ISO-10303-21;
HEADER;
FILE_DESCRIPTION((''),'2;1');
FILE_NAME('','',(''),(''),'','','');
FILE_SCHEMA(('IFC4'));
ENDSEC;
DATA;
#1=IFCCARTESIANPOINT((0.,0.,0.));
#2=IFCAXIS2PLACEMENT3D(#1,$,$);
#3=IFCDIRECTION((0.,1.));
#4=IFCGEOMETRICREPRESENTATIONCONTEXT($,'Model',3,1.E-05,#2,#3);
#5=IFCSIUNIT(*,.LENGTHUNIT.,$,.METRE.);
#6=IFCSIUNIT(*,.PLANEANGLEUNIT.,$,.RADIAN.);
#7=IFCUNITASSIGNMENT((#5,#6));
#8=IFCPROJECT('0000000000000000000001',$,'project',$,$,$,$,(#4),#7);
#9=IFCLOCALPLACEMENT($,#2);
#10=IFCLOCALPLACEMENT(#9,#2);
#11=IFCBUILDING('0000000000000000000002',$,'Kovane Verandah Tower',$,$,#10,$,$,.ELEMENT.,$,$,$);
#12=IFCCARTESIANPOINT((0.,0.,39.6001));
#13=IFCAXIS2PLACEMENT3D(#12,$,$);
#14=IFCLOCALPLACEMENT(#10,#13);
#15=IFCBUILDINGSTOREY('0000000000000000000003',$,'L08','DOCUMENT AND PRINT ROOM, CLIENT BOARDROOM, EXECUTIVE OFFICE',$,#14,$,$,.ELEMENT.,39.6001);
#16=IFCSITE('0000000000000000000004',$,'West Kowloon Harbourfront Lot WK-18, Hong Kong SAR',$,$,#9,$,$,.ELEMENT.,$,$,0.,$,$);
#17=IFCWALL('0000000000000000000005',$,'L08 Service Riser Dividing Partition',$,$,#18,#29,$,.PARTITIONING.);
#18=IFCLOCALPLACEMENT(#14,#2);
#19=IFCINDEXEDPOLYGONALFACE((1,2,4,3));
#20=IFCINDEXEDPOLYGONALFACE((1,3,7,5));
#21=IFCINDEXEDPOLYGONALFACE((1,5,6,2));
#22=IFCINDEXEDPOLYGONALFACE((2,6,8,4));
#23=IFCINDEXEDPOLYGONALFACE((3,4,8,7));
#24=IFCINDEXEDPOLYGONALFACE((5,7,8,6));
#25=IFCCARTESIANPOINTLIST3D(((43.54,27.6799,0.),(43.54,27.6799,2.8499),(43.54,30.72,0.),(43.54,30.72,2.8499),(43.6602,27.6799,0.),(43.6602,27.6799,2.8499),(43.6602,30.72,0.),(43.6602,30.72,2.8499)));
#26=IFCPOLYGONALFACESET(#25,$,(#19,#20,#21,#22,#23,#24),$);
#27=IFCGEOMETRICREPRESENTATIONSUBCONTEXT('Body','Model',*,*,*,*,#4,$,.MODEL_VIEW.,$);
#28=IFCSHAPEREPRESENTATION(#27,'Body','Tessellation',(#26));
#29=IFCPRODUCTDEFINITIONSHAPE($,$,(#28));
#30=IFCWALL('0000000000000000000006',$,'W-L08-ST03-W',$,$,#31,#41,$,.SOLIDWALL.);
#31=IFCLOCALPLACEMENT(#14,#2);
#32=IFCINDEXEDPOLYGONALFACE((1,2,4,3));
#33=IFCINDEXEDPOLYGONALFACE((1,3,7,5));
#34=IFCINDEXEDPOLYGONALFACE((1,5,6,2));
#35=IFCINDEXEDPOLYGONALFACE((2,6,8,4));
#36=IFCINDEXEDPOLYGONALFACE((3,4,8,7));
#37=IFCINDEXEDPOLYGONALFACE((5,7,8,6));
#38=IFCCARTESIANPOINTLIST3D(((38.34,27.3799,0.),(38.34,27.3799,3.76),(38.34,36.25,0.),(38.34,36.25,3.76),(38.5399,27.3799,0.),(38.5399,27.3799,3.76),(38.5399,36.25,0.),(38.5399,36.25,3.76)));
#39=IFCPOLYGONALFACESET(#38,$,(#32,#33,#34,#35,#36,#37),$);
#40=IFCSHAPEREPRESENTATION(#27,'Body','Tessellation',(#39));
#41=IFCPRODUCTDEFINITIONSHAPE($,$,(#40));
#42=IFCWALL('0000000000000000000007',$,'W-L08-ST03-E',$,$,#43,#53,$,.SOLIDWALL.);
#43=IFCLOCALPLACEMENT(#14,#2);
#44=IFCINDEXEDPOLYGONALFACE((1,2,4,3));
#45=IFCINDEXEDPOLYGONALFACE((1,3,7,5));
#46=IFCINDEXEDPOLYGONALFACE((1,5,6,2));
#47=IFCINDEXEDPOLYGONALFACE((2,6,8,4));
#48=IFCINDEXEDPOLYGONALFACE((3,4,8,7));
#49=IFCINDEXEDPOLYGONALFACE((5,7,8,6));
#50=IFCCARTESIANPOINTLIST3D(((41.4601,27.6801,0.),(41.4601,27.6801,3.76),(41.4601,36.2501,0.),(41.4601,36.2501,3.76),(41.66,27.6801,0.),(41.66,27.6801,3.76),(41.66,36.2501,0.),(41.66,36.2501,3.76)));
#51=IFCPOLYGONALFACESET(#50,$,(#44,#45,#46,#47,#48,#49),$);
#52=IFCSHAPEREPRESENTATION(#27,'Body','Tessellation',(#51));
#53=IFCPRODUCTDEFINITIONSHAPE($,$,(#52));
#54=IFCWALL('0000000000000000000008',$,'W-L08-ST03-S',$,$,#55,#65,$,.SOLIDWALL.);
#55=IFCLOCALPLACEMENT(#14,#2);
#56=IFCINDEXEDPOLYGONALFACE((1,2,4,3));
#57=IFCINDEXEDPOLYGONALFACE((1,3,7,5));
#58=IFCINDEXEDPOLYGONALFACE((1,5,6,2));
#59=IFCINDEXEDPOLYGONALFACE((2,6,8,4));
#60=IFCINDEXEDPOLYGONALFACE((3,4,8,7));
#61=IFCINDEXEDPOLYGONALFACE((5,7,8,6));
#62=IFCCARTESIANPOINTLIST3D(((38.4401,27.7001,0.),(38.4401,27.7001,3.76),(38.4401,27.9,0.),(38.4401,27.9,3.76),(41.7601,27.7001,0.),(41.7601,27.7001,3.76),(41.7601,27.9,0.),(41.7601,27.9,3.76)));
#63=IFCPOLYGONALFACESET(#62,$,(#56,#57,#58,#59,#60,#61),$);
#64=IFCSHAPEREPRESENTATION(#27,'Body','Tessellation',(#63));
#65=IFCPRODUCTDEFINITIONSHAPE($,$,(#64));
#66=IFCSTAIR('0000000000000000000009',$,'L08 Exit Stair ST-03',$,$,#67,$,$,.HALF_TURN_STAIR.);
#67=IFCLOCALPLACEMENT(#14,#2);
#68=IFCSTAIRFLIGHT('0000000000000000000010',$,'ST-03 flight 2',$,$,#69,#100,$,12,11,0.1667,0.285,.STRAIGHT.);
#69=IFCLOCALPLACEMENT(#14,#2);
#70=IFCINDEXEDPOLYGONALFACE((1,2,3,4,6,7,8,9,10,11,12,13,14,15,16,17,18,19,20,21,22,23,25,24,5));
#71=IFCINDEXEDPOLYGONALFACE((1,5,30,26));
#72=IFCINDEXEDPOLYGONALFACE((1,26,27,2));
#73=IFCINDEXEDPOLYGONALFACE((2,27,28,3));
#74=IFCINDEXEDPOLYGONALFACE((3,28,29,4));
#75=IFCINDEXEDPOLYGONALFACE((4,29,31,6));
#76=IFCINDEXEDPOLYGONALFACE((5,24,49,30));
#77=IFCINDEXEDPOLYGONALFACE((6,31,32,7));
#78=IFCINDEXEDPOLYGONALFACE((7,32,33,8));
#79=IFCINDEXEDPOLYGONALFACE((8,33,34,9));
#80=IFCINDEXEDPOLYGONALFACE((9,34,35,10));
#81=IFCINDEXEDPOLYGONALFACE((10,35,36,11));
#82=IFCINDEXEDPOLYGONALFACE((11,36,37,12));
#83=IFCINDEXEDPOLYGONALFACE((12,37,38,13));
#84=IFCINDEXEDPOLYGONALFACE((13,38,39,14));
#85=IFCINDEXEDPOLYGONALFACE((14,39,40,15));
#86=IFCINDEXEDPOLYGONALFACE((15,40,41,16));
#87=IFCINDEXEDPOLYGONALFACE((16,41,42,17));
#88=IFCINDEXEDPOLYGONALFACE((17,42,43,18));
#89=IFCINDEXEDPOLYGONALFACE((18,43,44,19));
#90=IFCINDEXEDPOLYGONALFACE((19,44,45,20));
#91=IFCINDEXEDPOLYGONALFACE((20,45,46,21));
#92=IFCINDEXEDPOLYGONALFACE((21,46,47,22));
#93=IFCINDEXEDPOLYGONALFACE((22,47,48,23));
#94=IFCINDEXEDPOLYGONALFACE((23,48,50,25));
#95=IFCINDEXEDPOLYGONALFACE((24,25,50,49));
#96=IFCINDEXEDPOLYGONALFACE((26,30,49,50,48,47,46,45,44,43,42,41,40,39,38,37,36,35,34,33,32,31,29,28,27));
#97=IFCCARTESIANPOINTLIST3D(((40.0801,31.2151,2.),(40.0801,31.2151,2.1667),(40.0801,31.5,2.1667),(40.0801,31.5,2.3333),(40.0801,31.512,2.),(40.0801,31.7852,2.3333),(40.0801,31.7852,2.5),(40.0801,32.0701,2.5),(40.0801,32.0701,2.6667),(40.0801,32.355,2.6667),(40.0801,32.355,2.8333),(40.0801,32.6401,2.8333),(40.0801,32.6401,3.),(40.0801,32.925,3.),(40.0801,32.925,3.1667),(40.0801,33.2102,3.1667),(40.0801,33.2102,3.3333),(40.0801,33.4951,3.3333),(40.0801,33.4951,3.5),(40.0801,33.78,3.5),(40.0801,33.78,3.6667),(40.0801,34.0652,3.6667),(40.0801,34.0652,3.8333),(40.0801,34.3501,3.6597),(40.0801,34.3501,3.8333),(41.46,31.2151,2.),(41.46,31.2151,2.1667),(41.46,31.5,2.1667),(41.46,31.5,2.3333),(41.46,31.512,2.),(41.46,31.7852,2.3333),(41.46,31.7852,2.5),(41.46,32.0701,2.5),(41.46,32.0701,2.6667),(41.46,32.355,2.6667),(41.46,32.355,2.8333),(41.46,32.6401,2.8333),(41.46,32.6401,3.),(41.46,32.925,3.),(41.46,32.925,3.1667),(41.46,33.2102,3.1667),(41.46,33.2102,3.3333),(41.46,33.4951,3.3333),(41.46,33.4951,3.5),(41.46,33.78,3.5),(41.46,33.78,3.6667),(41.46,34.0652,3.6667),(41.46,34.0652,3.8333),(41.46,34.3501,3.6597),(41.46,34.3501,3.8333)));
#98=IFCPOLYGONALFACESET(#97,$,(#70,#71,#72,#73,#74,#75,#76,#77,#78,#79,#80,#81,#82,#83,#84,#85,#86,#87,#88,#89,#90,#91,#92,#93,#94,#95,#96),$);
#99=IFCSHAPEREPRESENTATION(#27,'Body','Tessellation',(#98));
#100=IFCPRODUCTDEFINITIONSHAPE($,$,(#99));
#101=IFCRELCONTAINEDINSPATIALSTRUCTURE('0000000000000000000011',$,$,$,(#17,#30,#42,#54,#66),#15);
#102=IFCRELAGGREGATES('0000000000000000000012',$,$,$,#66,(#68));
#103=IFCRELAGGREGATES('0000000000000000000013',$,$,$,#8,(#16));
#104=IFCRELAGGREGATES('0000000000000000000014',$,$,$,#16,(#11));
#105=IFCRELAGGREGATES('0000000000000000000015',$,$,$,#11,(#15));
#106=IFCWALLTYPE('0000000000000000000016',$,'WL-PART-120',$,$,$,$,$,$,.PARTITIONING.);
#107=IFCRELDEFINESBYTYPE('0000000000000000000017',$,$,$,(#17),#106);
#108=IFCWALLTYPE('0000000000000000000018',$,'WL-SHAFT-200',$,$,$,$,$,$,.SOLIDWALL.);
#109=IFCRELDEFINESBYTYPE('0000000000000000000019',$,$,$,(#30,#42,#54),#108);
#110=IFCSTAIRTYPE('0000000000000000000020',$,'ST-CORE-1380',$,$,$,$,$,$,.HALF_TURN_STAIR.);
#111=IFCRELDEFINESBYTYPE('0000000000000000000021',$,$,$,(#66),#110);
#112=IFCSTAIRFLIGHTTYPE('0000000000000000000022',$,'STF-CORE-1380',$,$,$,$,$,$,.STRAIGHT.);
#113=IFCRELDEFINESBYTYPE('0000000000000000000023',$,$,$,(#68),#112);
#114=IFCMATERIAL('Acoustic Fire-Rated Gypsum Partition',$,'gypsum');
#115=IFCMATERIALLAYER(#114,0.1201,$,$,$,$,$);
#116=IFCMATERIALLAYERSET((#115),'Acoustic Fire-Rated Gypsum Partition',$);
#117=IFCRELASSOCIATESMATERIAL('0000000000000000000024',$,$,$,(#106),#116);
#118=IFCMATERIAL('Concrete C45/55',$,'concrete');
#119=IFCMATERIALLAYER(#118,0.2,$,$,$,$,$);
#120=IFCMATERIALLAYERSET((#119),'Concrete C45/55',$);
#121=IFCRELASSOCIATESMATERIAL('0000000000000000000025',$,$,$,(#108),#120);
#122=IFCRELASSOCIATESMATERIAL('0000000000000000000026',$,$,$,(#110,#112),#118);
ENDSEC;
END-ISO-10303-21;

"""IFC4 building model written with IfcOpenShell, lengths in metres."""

from ifc_helpers import new_model, si_unit, direction, frame, frame_2d, origin, place, context, subcontext, project, spatial, polyline, rectangle, outline, extrude, material, layer, layer_set, type_object, element, aggregate, save


model = new_model("IFC4")

# Units and contexts
model_context = context("Model", 3, precision=1e-05, world=origin(), true_north=direction((0.0, 1.0)))
body_context = subcontext(model_context, "Body", "Model", "MODEL_VIEW")
ifc_project = project(units=[si_unit("LENGTHUNIT", "METRE"), si_unit("PLANEANGLEUNIT", "RADIAN")], contexts=[model_context])

# Site, building, storey
site_placement = place(None, origin())
site = spatial("IfcSite", under=ifc_project, at=site_placement, Name="West Kowloon Harbourfront Lot WK-18, Hong Kong SAR", CompositionType="ELEMENT", RefElevation=0.0)
building_placement = place(site_placement, origin())
building = spatial("IfcBuilding", under=site, at=building_placement, Name="Kovane Verandah Tower", CompositionType="ELEMENT")
storey_placement = place(building_placement, frame((0.0, 0.0, 39.6001)))
storey = spatial("IfcBuildingStorey", under=building, at=storey_placement, Name="L08", Description="DOCUMENT AND PRINT ROOM, CLIENT BOARDROOM, EXECUTIVE OFFICE", CompositionType="ELEMENT", Elevation=39.6001)

# Walls
ifc_material_1 = material(Name="Acoustic Fire-Rated Gypsum Partition", Category="gypsum")
ifc_layer_1 = layer(ifc_material_1, 0.1201)
ifc_layer_set_1 = layer_set([ifc_layer_1], Name="Acoustic Fire-Rated Gypsum Partition")
wall_type_1 = type_object("IfcWallType", Name="WL-PART-120", PredefinedType="PARTITIONING", material=ifc_layer_set_1)
wall_1_placement = place(storey_placement, frame((43.6001, 27.6799, 0.0), z_axis=(0.0, 0.0, 1.0), x_axis=(0.0, 1.0, 0.0)))
element("IfcWall", 1, at=wall_1_placement, inside=storey, type_object=wall_type_1, Name="L08 Service Riser Dividing Partition", PredefinedType="PARTITIONING", context=body_context, shape_type="SweptSolid", body=[
    extrude(rectangle(XDim=3.04, YDim=0.1201, at=frame_2d((1.52, 0.0))), origin(), (0.0, 0.0, 1.0), 2.8499),
])
ifc_material_2 = material(Name="Concrete C45/55", Category="concrete")
ifc_layer_2 = layer(ifc_material_2, 0.2)
ifc_layer_set_2 = layer_set([ifc_layer_2], Name="Concrete C45/55")
wall_type_2 = type_object("IfcWallType", Name="WL-SHAFT-200", PredefinedType="SOLIDWALL", material=ifc_layer_set_2)
wall_2_placement = place(storey_placement, frame((38.4399, 27.3799, 0.0), z_axis=(0.0, 0.0, 1.0), x_axis=(0.0, 1.0, 0.0)))
element("IfcWall", 2, at=wall_2_placement, inside=storey, type_object=wall_type_2, Name="W-L08-ST03-W", PredefinedType="SOLIDWALL", context=body_context, shape_type="SweptSolid", body=[
    extrude(rectangle(XDim=8.8701, YDim=0.2, at=frame_2d((4.4351, 0.0))), origin(), (0.0, 0.0, 1.0), 3.76),
])
wall_3_placement = place(storey_placement, frame((41.5601, 27.6799, 0.0), z_axis=(0.0, 0.0, 1.0), x_axis=(0.0, 1.0, 0.0)))
element("IfcWall", 3, at=wall_3_placement, inside=storey, type_object=wall_type_2, Name="W-L08-ST03-E", PredefinedType="SOLIDWALL", context=body_context, shape_type="SweptSolid", body=[
    extrude(rectangle(XDim=8.5701, YDim=0.2, at=frame_2d((4.2852, 0.0))), origin(), (0.0, 0.0, 1.0), 3.76),
])
wall_4_placement = place(storey_placement, frame((38.4399, 27.8, 0.0), z_axis=(0.0, 0.0, 1.0), x_axis=(1.0, 0.0, 0.0)))
element("IfcWall", 4, at=wall_4_placement, inside=storey, type_object=wall_type_2, Name="W-L08-ST03-S", PredefinedType="SOLIDWALL", context=body_context, shape_type="SweptSolid", body=[
    extrude(rectangle(XDim=3.3201, YDim=0.2, at=frame_2d((1.6602, 0.0))), origin(), (0.0, 0.0, 1.0), 3.76),
])

# Stair, stair flight
stair_type = type_object("IfcStairType", Name="ST-CORE-1380", PredefinedType="HALF_TURN_STAIR", material=ifc_material_2)
stair_placement = place(storey_placement, origin())
stair = element("IfcStair", 5, at=stair_placement, inside=storey, type_object=stair_type, Name="L08 Exit Stair ST-03", PredefinedType="HALF_TURN_STAIR")
stair_flight_type = type_object("IfcStairFlightType", Name="STF-CORE-1380", PredefinedType="STRAIGHT", material=ifc_material_2)
stair_flight_placement = place(storey_placement, frame((40.77, 31.2151, 2.0), z_axis=(0.0, 0.0, 1.0), x_axis=(0.0, 1.0, 0.0)))
stair_flight = element("IfcStairFlight", 6, at=stair_flight_placement, type_object=stair_flight_type, Name="ST-03 flight 2", NumberOfRisers=12, NumberOfTreads=11, PredefinedType="STRAIGHT", RiserHeight=0.1667, TreadLength=0.285, context=body_context, shape_type="SweptSolid", body=[
    extrude(outline(polyline([(0.0, 0.0), (0.0, 0.1667), (0.2849, 0.1667), (0.2849, 0.3333), (0.5701, 0.3333), (0.5701, 0.5), (0.855, 0.5), (0.855, 0.6667), (1.1399, 0.6667), (1.1399, 0.8333), (1.425, 0.8333), (1.425, 1.0), (1.71, 1.0), (1.71, 1.1667), (1.9951, 1.1667), (1.9951, 1.3333), (2.28, 1.3333), (2.28, 1.5), (2.5649, 1.5), (2.5649, 1.6667), (2.8501, 1.6667), (2.8501, 1.8333), (3.135, 1.8333), (3.135, 2.0), (3.135, 1.6597), (0.2969, 0.0), (0.0, 0.0)])), frame((0.0, 0.6899, 0.0), z_axis=(0.0, -1.0, 0.0), x_axis=(1.0, 0.0, 0.0)), (0.0, 0.0, 1.0), 1.3799),
])
aggregate(stair, [stair_flight])

save(model, "model.ifc")
